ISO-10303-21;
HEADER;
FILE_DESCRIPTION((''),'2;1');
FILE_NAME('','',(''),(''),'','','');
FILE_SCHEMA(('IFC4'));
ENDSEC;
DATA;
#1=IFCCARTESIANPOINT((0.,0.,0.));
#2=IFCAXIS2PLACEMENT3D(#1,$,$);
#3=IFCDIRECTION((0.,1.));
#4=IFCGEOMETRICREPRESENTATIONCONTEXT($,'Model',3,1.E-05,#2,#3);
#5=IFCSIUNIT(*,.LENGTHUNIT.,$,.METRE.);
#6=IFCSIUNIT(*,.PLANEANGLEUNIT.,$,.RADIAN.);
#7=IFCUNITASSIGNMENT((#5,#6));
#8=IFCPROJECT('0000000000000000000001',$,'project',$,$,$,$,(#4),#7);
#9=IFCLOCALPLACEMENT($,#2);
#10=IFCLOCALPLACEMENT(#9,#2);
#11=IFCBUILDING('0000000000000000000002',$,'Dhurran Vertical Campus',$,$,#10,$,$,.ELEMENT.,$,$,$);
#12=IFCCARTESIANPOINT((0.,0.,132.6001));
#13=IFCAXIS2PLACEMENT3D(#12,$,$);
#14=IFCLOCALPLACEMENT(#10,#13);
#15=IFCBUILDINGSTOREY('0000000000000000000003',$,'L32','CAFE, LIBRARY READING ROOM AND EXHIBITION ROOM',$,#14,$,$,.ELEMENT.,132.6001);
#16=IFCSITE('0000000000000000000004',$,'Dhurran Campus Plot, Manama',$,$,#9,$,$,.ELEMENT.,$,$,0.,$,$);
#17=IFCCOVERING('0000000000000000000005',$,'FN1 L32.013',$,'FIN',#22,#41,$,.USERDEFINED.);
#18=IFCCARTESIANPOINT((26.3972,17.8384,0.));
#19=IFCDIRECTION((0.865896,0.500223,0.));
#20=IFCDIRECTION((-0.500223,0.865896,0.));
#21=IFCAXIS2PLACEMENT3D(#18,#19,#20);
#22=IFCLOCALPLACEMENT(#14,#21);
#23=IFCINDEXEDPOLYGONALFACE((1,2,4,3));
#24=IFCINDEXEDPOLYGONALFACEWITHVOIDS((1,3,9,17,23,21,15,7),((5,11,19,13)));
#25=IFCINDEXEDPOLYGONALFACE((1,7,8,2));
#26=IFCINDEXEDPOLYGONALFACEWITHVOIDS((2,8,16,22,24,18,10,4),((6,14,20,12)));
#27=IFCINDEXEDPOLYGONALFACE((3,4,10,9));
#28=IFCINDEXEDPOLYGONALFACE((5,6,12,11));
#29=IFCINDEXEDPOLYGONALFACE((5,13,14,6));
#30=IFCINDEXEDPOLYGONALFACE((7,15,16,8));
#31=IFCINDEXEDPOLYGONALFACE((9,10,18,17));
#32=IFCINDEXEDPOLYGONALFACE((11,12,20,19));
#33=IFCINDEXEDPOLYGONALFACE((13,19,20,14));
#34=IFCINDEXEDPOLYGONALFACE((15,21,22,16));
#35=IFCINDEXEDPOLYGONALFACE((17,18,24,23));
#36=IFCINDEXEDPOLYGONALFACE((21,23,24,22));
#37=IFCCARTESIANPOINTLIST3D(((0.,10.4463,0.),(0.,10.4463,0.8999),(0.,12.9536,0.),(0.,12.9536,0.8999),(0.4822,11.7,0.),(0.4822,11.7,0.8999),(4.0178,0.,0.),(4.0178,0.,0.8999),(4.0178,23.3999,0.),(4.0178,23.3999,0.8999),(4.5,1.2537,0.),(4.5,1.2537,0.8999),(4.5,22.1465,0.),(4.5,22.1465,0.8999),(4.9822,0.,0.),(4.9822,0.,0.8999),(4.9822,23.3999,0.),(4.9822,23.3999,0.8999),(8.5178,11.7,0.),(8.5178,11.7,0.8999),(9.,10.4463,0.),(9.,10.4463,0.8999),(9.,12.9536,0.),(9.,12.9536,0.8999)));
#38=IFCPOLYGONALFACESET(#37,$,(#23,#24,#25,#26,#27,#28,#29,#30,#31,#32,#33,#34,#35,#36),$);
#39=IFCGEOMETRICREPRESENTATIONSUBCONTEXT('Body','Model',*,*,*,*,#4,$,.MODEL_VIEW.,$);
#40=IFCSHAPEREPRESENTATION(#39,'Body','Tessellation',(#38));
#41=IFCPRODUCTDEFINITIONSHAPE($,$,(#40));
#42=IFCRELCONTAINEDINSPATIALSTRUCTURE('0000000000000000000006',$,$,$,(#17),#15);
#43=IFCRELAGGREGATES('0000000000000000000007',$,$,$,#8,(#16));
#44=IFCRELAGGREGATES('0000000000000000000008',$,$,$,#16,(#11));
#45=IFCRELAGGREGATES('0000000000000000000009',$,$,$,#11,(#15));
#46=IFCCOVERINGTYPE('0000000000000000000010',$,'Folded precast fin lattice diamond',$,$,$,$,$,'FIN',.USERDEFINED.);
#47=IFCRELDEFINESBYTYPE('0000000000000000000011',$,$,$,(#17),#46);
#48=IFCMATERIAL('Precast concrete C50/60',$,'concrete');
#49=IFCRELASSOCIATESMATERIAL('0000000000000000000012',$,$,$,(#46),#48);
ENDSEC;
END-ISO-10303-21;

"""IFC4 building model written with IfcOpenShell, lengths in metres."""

from ifc_helpers import new_model, si_unit, direction, frame, origin, place, context, subcontext, project, spatial, polyline, outline, extrude, material, type_object, element, save


model = new_model("IFC4")

# Units and contexts
model_context = context("Model", 3, precision=1e-05, world=origin(), true_north=direction((0.0, 1.0)))
body_context = subcontext(model_context, "Body", "Model", "MODEL_VIEW")
ifc_project = project(units=[si_unit("LENGTHUNIT", "METRE"), si_unit("PLANEANGLEUNIT", "RADIAN")], contexts=[model_context])

# Site, building, storey
site_placement = place(None, origin())
site = spatial("IfcSite", under=ifc_project, at=site_placement, Name="Dhurran Campus Plot, Manama", CompositionType="ELEMENT", RefElevation=0.0)
building_placement = place(site_placement, origin())
building = spatial("IfcBuilding", under=site, at=building_placement, Name="Dhurran Vertical Campus", CompositionType="ELEMENT")
storey_placement = place(building_placement, frame((0.0, 0.0, 132.6001)))
storey = spatial("IfcBuildingStorey", under=building, at=storey_placement, Name="L32", Description="CAFE, LIBRARY READING ROOM AND EXHIBITION ROOM", CompositionType="ELEMENT", Elevation=132.6001)

# Covering
ifc_material_1 = material(Name="Precast concrete C50/60", Category="concrete")
covering_type = type_object("IfcCoveringType", Name="Folded precast fin lattice diamond", ElementType="FIN", PredefinedType="USERDEFINED", material=ifc_material_1)
covering_placement = place(storey_placement, frame((26.3972, 17.8384, 0.0), z_axis=(0.865896, 0.500223, 0.0), x_axis=(-0.500223, 0.865896, 0.0)))
element("IfcCovering", 1, at=covering_placement, inside=storey, type_object=covering_type, Name="FN1 L32.013", ObjectType="FIN", PredefinedType="USERDEFINED", context=body_context, shape_type="SweptSolid", body=[
    extrude(outline(polyline([(9.0, 12.9536), (9.0, 10.4463), (4.9822, 0.0), (4.0178, 0.0), (0.0, 10.4463), (0.0, 12.9536), (4.0178, 23.3999), (4.9822, 23.3999), (9.0, 12.9536)]), holes=[polyline([(8.5178, 11.7), (4.5, 22.1465), (0.4822, 11.7), (4.5, 1.2537), (8.5178, 11.7)])]), origin(), (0.0, 0.0, 1.0), 0.8999),
])

save(model, "model.ifc")
